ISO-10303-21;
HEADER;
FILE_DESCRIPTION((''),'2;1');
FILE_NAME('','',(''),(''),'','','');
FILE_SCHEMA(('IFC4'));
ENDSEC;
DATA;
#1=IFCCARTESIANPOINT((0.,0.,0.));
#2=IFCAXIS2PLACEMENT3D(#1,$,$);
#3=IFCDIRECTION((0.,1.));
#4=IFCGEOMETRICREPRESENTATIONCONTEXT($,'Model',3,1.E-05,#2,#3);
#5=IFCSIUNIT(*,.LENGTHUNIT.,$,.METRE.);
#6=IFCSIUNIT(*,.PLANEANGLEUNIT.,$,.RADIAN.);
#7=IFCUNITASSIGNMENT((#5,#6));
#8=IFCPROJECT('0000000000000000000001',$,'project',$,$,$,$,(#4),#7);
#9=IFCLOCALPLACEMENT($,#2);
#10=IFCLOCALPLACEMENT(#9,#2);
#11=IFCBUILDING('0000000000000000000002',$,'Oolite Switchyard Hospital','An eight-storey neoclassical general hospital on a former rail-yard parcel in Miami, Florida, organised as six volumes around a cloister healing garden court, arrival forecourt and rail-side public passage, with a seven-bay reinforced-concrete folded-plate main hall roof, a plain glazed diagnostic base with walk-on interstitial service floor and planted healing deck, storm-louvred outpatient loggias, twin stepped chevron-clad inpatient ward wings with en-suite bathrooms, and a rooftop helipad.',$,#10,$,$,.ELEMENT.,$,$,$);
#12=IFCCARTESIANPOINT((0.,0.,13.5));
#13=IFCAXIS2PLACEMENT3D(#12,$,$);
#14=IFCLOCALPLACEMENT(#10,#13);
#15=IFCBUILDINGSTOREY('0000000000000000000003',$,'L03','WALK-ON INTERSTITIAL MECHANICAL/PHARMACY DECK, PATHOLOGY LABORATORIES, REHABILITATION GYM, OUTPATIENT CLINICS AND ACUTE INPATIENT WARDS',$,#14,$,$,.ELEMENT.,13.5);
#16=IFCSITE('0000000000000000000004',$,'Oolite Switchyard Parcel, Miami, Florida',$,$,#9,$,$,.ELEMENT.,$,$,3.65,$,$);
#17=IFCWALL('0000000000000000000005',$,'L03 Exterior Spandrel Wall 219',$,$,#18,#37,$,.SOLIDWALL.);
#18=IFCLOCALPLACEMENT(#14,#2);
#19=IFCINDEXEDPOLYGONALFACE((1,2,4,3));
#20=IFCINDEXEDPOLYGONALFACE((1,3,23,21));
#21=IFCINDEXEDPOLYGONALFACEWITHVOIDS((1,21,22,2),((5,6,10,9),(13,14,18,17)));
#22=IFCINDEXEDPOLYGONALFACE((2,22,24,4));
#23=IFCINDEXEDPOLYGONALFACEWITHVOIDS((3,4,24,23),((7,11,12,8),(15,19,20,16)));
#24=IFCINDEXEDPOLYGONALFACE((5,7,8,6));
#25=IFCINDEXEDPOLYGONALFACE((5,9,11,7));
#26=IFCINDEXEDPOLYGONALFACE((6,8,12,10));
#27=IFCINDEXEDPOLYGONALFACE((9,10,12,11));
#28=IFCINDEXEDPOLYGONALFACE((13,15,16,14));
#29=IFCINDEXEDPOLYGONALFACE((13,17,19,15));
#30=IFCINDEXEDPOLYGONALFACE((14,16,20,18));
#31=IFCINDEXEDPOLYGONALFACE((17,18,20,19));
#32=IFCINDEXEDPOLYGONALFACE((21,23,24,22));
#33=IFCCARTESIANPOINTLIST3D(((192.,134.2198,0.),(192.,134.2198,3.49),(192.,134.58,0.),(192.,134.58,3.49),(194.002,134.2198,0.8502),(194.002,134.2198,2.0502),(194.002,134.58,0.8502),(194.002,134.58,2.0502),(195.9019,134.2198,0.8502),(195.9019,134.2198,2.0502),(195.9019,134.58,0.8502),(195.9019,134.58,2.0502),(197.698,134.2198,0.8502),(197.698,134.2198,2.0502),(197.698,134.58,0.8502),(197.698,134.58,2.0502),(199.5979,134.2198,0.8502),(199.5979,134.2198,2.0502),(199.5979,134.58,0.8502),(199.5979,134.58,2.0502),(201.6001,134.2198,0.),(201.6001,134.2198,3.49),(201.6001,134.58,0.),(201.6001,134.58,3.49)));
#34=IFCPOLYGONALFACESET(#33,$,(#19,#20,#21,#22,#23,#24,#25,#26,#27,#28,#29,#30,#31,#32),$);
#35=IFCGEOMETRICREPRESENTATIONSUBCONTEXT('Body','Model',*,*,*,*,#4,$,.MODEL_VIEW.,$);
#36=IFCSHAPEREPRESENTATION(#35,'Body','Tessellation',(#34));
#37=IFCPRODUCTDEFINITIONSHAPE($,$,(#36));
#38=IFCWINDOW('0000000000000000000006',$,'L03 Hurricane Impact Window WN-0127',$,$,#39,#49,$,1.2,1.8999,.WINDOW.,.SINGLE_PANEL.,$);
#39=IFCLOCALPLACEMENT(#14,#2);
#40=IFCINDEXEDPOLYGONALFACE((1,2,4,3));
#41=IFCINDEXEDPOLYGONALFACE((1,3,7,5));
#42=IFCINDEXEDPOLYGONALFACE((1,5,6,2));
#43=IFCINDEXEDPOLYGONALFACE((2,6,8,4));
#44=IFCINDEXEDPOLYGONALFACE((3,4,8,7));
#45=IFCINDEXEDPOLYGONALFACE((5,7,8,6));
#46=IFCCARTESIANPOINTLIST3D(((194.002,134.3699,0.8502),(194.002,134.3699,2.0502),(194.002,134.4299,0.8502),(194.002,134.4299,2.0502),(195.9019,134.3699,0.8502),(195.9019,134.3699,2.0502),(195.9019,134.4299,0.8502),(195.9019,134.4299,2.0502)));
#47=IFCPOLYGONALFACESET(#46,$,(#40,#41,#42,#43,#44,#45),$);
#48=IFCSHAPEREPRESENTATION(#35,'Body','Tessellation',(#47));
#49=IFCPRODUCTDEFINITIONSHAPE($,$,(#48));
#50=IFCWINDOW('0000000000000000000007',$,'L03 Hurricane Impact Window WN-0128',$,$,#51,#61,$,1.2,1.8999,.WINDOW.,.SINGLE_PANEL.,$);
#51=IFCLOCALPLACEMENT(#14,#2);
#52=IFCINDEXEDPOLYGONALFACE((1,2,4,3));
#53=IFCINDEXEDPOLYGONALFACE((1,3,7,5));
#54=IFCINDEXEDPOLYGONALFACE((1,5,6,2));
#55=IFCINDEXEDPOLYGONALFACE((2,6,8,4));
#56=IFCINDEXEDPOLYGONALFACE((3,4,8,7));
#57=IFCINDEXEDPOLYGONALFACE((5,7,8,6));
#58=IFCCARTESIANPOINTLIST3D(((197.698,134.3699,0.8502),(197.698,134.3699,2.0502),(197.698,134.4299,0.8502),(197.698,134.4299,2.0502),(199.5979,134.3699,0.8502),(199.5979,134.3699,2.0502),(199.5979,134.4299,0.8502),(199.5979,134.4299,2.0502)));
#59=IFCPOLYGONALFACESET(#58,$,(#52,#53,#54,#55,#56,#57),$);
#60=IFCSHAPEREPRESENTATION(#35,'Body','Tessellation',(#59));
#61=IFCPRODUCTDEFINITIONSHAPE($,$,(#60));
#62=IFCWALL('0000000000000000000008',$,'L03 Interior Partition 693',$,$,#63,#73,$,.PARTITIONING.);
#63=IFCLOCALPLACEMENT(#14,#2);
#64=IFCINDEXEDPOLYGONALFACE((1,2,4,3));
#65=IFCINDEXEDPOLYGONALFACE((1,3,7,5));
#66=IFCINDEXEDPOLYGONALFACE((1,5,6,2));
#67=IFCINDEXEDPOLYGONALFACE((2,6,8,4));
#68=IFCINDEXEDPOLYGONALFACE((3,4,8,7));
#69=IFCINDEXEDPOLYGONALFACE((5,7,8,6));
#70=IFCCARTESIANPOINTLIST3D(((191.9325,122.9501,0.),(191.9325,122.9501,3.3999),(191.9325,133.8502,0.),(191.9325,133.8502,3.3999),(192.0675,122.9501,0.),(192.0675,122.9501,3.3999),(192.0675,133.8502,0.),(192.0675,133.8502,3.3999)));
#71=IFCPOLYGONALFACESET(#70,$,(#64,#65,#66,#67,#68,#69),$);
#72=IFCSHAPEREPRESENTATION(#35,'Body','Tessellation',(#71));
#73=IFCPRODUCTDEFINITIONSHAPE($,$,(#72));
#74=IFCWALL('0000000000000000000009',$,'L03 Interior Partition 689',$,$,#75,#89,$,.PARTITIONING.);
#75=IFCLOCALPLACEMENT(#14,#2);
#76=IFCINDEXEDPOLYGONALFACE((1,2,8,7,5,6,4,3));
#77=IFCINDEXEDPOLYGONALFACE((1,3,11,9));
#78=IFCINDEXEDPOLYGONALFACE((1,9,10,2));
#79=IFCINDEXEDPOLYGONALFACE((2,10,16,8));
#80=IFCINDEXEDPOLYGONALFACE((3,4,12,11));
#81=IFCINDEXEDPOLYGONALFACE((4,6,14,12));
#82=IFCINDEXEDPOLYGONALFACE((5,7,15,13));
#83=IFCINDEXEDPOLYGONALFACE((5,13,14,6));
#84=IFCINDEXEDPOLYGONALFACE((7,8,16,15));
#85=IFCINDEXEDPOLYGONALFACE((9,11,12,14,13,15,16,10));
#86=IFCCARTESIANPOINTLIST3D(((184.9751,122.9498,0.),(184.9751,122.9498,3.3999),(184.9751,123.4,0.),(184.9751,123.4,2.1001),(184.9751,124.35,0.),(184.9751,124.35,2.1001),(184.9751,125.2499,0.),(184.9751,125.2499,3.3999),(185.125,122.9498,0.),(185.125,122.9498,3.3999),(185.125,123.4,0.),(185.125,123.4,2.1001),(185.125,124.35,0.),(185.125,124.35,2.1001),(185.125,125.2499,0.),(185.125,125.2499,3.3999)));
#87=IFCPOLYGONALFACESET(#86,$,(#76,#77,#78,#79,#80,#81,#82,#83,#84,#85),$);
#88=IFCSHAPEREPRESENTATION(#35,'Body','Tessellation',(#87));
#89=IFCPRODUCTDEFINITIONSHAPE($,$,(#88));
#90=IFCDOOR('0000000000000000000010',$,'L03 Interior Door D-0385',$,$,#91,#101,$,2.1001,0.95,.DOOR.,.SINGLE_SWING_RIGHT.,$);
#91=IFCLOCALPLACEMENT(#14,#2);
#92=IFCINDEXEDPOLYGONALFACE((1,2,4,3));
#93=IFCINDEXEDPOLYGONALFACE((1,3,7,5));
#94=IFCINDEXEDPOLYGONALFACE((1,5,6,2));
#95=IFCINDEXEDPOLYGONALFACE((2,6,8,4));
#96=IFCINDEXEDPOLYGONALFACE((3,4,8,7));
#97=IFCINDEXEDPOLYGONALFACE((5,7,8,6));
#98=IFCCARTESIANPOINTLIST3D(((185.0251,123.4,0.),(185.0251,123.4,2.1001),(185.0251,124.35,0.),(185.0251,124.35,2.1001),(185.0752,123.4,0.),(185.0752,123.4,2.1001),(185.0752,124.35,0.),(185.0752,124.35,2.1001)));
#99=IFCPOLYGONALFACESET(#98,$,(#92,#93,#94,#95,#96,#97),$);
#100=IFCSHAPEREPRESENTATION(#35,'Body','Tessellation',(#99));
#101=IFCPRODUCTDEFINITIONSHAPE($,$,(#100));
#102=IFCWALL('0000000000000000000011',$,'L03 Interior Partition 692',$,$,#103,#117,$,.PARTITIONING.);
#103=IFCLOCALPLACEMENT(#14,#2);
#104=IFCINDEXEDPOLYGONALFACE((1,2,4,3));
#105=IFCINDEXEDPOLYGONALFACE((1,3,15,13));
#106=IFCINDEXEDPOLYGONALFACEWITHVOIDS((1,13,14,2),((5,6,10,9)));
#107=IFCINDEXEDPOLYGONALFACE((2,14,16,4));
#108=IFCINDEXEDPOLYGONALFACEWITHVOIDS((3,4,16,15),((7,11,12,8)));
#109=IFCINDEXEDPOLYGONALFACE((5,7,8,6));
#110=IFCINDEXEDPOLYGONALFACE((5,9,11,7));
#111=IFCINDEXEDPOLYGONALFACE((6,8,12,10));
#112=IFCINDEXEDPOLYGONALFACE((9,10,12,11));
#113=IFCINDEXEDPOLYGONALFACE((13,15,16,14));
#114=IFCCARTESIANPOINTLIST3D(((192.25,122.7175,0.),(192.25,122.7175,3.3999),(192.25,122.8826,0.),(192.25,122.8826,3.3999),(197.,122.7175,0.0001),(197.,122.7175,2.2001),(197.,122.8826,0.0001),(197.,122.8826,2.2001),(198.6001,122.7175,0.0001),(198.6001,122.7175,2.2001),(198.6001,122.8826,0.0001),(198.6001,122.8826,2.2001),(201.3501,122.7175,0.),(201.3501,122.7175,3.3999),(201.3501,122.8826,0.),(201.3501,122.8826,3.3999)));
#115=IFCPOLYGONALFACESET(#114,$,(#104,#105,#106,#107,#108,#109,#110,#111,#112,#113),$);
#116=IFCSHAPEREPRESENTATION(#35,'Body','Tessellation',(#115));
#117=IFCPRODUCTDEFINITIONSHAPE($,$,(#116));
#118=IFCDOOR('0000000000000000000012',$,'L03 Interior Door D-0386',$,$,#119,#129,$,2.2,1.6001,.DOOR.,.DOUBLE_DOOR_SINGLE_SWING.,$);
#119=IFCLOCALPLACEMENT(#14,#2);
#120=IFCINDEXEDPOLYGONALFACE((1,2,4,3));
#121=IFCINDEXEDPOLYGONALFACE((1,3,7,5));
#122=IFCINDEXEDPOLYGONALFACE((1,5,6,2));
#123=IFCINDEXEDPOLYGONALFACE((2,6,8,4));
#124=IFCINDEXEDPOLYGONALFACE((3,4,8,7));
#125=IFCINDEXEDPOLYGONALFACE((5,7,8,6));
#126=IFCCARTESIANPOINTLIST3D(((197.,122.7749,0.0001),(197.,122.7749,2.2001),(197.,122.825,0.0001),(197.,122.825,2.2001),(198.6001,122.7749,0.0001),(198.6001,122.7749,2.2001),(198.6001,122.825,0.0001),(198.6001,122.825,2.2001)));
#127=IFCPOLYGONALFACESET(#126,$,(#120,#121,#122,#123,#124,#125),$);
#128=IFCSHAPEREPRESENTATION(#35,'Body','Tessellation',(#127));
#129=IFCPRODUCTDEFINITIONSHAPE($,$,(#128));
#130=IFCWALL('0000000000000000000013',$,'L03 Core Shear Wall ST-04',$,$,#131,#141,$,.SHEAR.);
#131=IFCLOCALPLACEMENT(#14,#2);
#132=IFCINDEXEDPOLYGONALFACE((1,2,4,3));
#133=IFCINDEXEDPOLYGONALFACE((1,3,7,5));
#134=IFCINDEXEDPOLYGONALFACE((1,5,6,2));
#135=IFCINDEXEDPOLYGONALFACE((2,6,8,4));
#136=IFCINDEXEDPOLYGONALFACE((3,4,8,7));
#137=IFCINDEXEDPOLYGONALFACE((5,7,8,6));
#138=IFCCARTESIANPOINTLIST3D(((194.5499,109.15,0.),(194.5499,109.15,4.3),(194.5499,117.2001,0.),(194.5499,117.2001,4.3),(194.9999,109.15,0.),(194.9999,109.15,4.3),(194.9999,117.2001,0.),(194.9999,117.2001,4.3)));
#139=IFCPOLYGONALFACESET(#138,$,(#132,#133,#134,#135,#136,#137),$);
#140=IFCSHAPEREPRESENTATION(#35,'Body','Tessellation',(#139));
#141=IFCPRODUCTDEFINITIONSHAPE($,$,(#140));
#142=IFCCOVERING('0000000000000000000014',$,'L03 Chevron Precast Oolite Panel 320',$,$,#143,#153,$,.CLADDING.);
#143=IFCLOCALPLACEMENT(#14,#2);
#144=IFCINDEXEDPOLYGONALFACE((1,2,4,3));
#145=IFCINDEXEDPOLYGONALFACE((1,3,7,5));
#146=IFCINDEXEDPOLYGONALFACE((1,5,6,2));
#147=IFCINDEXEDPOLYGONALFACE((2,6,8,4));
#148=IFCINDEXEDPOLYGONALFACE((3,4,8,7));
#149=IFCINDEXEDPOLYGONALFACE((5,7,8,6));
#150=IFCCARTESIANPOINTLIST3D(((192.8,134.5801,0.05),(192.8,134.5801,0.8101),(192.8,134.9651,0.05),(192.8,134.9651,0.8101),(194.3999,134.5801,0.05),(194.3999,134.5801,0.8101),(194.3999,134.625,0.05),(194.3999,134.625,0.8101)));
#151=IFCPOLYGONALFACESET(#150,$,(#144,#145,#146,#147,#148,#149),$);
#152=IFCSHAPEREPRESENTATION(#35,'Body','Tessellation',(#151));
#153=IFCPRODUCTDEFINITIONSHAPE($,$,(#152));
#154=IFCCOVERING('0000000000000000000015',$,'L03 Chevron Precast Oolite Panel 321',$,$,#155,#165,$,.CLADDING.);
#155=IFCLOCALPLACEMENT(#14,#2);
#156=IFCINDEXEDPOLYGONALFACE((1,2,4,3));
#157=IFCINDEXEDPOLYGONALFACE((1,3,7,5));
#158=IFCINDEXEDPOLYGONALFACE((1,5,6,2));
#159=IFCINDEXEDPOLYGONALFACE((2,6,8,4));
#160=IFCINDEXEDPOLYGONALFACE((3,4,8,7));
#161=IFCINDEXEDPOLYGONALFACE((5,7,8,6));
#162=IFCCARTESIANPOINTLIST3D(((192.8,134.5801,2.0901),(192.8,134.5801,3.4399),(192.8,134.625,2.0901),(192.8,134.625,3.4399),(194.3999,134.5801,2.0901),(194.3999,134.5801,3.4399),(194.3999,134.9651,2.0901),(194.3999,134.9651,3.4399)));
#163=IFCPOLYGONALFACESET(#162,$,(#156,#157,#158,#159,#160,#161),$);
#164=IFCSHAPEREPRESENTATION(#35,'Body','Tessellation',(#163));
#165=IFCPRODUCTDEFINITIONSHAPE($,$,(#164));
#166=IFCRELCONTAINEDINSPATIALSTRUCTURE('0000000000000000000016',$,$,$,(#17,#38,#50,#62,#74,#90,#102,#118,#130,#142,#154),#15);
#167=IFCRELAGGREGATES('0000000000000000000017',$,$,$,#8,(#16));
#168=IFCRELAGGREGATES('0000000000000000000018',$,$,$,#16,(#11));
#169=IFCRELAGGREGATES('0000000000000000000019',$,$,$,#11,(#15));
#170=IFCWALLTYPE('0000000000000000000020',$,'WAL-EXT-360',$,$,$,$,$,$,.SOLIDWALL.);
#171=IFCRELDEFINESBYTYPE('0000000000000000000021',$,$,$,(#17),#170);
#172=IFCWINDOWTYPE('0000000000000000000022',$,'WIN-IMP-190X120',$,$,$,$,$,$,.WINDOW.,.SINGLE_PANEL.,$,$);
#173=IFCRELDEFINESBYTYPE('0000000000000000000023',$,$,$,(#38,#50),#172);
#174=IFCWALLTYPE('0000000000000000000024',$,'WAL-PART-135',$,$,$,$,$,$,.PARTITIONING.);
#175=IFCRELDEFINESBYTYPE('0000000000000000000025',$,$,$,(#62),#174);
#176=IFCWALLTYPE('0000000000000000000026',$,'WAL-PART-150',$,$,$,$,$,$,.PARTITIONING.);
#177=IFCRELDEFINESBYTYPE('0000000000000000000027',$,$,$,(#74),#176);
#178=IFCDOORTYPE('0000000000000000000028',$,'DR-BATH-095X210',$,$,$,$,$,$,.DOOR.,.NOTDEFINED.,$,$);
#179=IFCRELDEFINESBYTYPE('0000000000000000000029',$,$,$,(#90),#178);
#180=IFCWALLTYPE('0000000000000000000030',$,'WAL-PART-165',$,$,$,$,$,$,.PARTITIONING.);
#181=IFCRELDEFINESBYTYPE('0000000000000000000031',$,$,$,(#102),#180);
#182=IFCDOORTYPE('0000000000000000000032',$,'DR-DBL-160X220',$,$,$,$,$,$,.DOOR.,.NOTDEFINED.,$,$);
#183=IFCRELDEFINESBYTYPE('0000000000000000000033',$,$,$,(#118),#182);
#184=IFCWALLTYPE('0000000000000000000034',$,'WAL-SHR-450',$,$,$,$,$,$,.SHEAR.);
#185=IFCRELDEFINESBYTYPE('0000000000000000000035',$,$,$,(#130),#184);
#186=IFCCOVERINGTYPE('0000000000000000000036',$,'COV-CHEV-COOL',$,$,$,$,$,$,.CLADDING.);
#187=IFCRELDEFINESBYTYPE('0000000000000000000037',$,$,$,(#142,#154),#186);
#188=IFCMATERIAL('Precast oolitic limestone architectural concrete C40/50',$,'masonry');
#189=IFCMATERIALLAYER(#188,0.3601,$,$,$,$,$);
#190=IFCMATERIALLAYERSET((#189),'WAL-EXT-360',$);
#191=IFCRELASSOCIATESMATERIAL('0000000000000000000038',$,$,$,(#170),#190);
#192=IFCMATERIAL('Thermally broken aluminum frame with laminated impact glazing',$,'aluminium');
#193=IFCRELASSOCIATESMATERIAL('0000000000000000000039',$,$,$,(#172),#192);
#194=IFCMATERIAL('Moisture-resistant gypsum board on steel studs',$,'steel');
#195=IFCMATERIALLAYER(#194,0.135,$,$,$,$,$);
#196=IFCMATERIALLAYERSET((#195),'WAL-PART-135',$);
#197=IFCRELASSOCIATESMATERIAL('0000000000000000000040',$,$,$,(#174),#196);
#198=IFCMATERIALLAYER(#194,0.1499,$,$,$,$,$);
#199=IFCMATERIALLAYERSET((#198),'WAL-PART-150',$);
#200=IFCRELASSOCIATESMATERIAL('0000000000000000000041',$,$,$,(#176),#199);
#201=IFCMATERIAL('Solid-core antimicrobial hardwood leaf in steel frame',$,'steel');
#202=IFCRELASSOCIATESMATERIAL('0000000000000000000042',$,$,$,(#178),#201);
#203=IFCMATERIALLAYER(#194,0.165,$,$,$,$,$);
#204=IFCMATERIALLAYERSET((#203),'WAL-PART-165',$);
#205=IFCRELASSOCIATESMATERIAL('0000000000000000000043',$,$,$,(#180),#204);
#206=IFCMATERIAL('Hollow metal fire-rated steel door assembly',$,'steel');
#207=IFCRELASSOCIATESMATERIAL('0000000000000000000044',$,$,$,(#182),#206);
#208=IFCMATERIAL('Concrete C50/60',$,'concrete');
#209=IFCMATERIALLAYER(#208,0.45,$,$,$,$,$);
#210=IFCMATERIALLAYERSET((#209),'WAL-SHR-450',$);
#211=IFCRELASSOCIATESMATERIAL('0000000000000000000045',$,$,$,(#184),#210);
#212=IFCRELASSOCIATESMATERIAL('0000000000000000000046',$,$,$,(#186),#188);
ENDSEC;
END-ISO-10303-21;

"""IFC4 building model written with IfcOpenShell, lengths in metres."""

from ifc_helpers import new_model, si_unit, direction, frame, frame_2d, origin, place, context, subcontext, project, spatial, polyline, rectangle, outline, extrude, material, layer, layer_set, type_object, element, fill, save


model = new_model("IFC4")

# Units and contexts
model_context = context("Model", 3, precision=1e-05, world=origin(), true_north=direction((0.0, 1.0)))
body_context = subcontext(model_context, "Body", "Model", "MODEL_VIEW")
ifc_project = project(units=[si_unit("LENGTHUNIT", "METRE"), si_unit("PLANEANGLEUNIT", "RADIAN")], contexts=[model_context])

# Site, building, storey
site_placement = place(None, origin())
site = spatial("IfcSite", under=ifc_project, at=site_placement, Name="Oolite Switchyard Parcel, Miami, Florida", CompositionType="ELEMENT", RefElevation=3.65)
building_placement = place(site_placement, origin())
building = spatial("IfcBuilding", under=site, at=building_placement, Name="Oolite Switchyard Hospital", Description="An eight-storey neoclassical general hospital on a former rail-yard parcel in Miami, Florida, organised as six volumes around a cloister healing garden court, arrival forecourt and rail-side public passage, with a seven-bay reinforced-concrete folded-plate main hall roof, a plain glazed diagnostic base with walk-on interstitial service floor and planted healing deck, storm-louvred outpatient loggias, twin stepped chevron-clad inpatient ward wings with en-suite bathrooms, and a rooftop helipad.", CompositionType="ELEMENT")
storey_placement = place(building_placement, frame((0.0, 0.0, 13.5)))
storey = spatial("IfcBuildingStorey", under=building, at=storey_placement, Name="L03", Description="WALK-ON INTERSTITIAL MECHANICAL/PHARMACY DECK, PATHOLOGY LABORATORIES, REHABILITATION GYM, OUTPATIENT CLINICS AND ACUTE INPATIENT WARDS", CompositionType="ELEMENT", Elevation=13.5)

# Shared definitions
ifc_material_1 = material(Name="Concrete C50/60", Category="concrete")

# Shared definitions
ifc_material_2 = material(Name="Precast oolitic limestone architectural concrete C40/50", Category="masonry")

# Wall, openings, windows
ifc_layer_1 = layer(ifc_material_2, 0.3601)
ifc_layer_set_1 = layer_set([ifc_layer_1], Name="WAL-EXT-360")
wall_type_1 = type_object("IfcWallType", Name="WAL-EXT-360", PredefinedType="SOLIDWALL", material=ifc_layer_set_1)
wall_1_placement = place(storey_placement, frame((192.0, 134.3999, 0.0), z_axis=(0.0, 0.0, 1.0), x_axis=(1.0, 0.0, 0.0)))
wall_1 = element("IfcWall", 1, at=wall_1_placement, inside=storey, type_object=wall_type_1, Name="L03 Exterior Spandrel Wall 219", PredefinedType="SOLIDWALL", context=body_context, shape_type="SweptSolid", body=[
    extrude(rectangle(XDim=9.6001, YDim=0.3601, at=frame_2d((4.8, 0.0))), origin(), (0.0, 0.0, 1.0), 3.49),
])
opening_1_placement = place(wall_1_placement, frame((2.002, 0.0, 0.8501)))
opening_1 = element("IfcOpeningElement", 2, at=opening_1_placement, cuts=wall_1, PredefinedType="OPENING", context=body_context, shape_type="SweptSolid", body=[
    extrude(rectangle(XDim=1.8999, YDim=1.2, at=frame_2d((0.95, 0.6001))), frame((0.0, 0.1899, 0.0), z_axis=(0.0, -1.0, 0.0), x_axis=(1.0, 0.0, 0.0)), (0.0, 0.0, 1.0), 0.3801),
])
opening_2_placement = place(wall_1_placement, frame((5.698, 0.0, 0.8501)))
opening_2 = element("IfcOpeningElement", 3, at=opening_2_placement, cuts=wall_1, PredefinedType="OPENING", context=body_context, shape_type="SweptSolid", body=[
    extrude(rectangle(XDim=1.8999, YDim=1.2, at=frame_2d((0.95, 0.6001))), frame((0.0, 0.1899, 0.0), z_axis=(0.0, -1.0, 0.0), x_axis=(1.0, 0.0, 0.0)), (0.0, 0.0, 1.0), 0.3801),
])
ifc_material_3 = material(Name="Thermally broken aluminum frame with laminated impact glazing", Category="aluminium")
window_type = type_object("IfcWindowType", Name="WIN-IMP-190X120", PartitioningType="SINGLE_PANEL", PredefinedType="WINDOW", material=ifc_material_3)
window_1_placement = place(opening_1_placement, origin())
window_1 = element("IfcWindow", 4, at=window_1_placement, inside=storey, type_object=window_type, Name="L03 Hurricane Impact Window WN-0127", OverallHeight=1.2, OverallWidth=1.8999, PartitioningType="SINGLE_PANEL", PredefinedType="WINDOW", context=body_context, shape_type="SweptSolid", body=[
    extrude(rectangle(XDim=1.8999, YDim=1.2, at=frame_2d((0.95, 0.6001))), frame((0.0, 0.03, 0.0), z_axis=(0.0, -1.0, 0.0), x_axis=(1.0, 0.0, 0.0)), (0.0, 0.0, 1.0), 0.0601),
])
fill(opening_1, window_1)
window_2_placement = place(opening_2_placement, origin())
window_2 = element("IfcWindow", 5, at=window_2_placement, inside=storey, type_object=window_type, Name="L03 Hurricane Impact Window WN-0128", OverallHeight=1.2, OverallWidth=1.8999, PartitioningType="SINGLE_PANEL", PredefinedType="WINDOW", context=body_context, shape_type="SweptSolid", body=[
    extrude(rectangle(XDim=1.8999, YDim=1.2, at=frame_2d((0.95, 0.6001))), frame((0.0, 0.03, 0.0), z_axis=(0.0, -1.0, 0.0), x_axis=(1.0, 0.0, 0.0)), (0.0, 0.0, 1.0), 0.0601),
])
fill(opening_2, window_2)

# Wall
ifc_material_4 = material(Name="Moisture-resistant gypsum board on steel studs", Category="steel")
ifc_layer_2 = layer(ifc_material_4, 0.135)
ifc_layer_set_2 = layer_set([ifc_layer_2], Name="WAL-PART-135")
wall_type_2 = type_object("IfcWallType", Name="WAL-PART-135", PredefinedType="PARTITIONING", material=ifc_layer_set_2)
wall_2_placement = place(storey_placement, frame((192.0, 122.95, 0.0), z_axis=(0.0, 0.0, 1.0), x_axis=(0.0, 1.0, 0.0)))
element("IfcWall", 6, at=wall_2_placement, inside=storey, type_object=wall_type_2, Name="L03 Interior Partition 693", PredefinedType="PARTITIONING", context=body_context, shape_type="SweptSolid", body=[
    extrude(rectangle(XDim=10.9001, YDim=0.135, at=frame_2d((5.4502, 0.0))), origin(), (0.0, 0.0, 1.0), 3.3999),
])

# Walls, openings, doors
ifc_layer_3 = layer(ifc_material_4, 0.1499)
ifc_layer_set_3 = layer_set([ifc_layer_3], Name="WAL-PART-150")
wall_type_3 = type_object("IfcWallType", Name="WAL-PART-150", PredefinedType="PARTITIONING", material=ifc_layer_set_3)
wall_3_placement = place(storey_placement, frame((185.05, 122.95, 0.0), z_axis=(0.0, 0.0, 1.0), x_axis=(0.0, 1.0, 0.0)))
wall_3 = element("IfcWall", 7, at=wall_3_placement, inside=storey, type_object=wall_type_3, Name="L03 Interior Partition 689", PredefinedType="PARTITIONING", context=body_context, shape_type="SweptSolid", body=[
    extrude(rectangle(XDim=2.3, YDim=0.1499, at=frame_2d((1.1499, 0.0))), origin(), (0.0, 0.0, 1.0), 3.3999),
])
opening_3_placement = place(wall_3_placement, frame((0.45, 0.0, 0.0)))
opening_3 = element("IfcOpeningElement", 8, at=opening_3_placement, cuts=wall_3, PredefinedType="OPENING", context=body_context, shape_type="SweptSolid", body=[
    extrude(rectangle(XDim=0.95, YDim=2.1001, at=frame_2d((0.4751, 1.05))), frame((0.0, 0.085, 0.0), z_axis=(0.0, -1.0, 0.0), x_axis=(1.0, 0.0, 0.0)), (0.0, 0.0, 1.0), 0.1699),
])
ifc_material_5 = material(Name="Solid-core antimicrobial hardwood leaf in steel frame", Category="steel")
door_type_1 = type_object("IfcDoorType", Name="DR-BATH-095X210", OperationType="NOTDEFINED", PredefinedType="DOOR", material=ifc_material_5)
door_1_placement = place(opening_3_placement, origin())
door_1 = element("IfcDoor", 9, at=door_1_placement, inside=storey, type_object=door_type_1, Name="L03 Interior Door D-0385", OperationType="SINGLE_SWING_RIGHT", OverallHeight=2.1001, OverallWidth=0.95, PredefinedType="DOOR", context=body_context, shape_type="SweptSolid", body=[
    extrude(rectangle(XDim=0.95, YDim=2.1001, at=frame_2d((0.4751, 1.05))), frame((0.0, 0.0249, 0.0), z_axis=(0.0, -1.0, 0.0), x_axis=(1.0, 0.0, 0.0)), (0.0, 0.0, 1.0), 0.05),
])
fill(opening_3, door_1)
ifc_layer_4 = layer(ifc_material_4, 0.165)
ifc_layer_set_4 = layer_set([ifc_layer_4], Name="WAL-PART-165")
wall_type_4 = type_object("IfcWallType", Name="WAL-PART-165", PredefinedType="PARTITIONING", material=ifc_layer_set_4)
wall_4_placement = place(storey_placement, frame((192.25, 122.8, 0.0), z_axis=(0.0, 0.0, 1.0), x_axis=(1.0, 0.0, 0.0)))
wall_4 = element("IfcWall", 10, at=wall_4_placement, inside=storey, type_object=wall_type_4, Name="L03 Interior Partition 692", PredefinedType="PARTITIONING", context=body_context, shape_type="SweptSolid", body=[
    extrude(rectangle(XDim=9.1001, YDim=0.165, at=frame_2d((4.55, 0.0))), origin(), (0.0, 0.0, 1.0), 3.3999),
])
opening_4_placement = place(wall_4_placement, frame((4.75, 0.0, 0.0)))
opening_4 = element("IfcOpeningElement", 11, at=opening_4_placement, cuts=wall_4, PredefinedType="OPENING", context=body_context, shape_type="SweptSolid", body=[
    extrude(rectangle(XDim=1.6001, YDim=2.2, at=frame_2d((0.8, 1.1001))), frame((0.0, 0.0925, 0.0), z_axis=(0.0, -1.0, 0.0), x_axis=(1.0, 0.0, 0.0)), (0.0, 0.0, 1.0), 0.1851),
])
ifc_material_6 = material(Name="Hollow metal fire-rated steel door assembly", Category="steel")
door_type_2 = type_object("IfcDoorType", Name="DR-DBL-160X220", OperationType="NOTDEFINED", PredefinedType="DOOR", material=ifc_material_6)
door_2_placement = place(opening_4_placement, origin())
door_2 = element("IfcDoor", 12, at=door_2_placement, inside=storey, type_object=door_type_2, Name="L03 Interior Door D-0386", OperationType="DOUBLE_DOOR_SINGLE_SWING", OverallHeight=2.2, OverallWidth=1.6001, PredefinedType="DOOR", context=body_context, shape_type="SweptSolid", body=[
    extrude(rectangle(XDim=1.6001, YDim=2.2, at=frame_2d((0.8, 1.1001))), frame((0.0, 0.0249, 0.0), z_axis=(0.0, -1.0, 0.0), x_axis=(1.0, 0.0, 0.0)), (0.0, 0.0, 1.0), 0.05),
])
fill(opening_4, door_2)

# Wall
ifc_layer_5 = layer(ifc_material_1, 0.45)
ifc_layer_set_5 = layer_set([ifc_layer_5], Name="WAL-SHR-450")
wall_type_5 = type_object("IfcWallType", Name="WAL-SHR-450", PredefinedType="SHEAR", material=ifc_layer_set_5)
wall_5_placement = place(storey_placement, frame((194.7749, 117.2, 0.0), z_axis=(0.0, 0.0, 1.0), x_axis=(0.0, -1.0, 0.0)))
element("IfcWall", 13, at=wall_5_placement, inside=storey, type_object=wall_type_5, Name="L03 Core Shear Wall ST-04", PredefinedType="SHEAR", context=body_context, shape_type="SweptSolid", body=[
    extrude(rectangle(XDim=8.05, YDim=0.45, at=frame_2d((4.0249, 0.0))), origin(), (0.0, 0.0, 1.0), 4.3),
])

# Coverings
covering_type = type_object("IfcCoveringType", Name="COV-CHEV-COOL", PredefinedType="CLADDING", material=ifc_material_2)
covering_1_placement = place(storey_placement, frame((192.8, 134.5801, 0.05), z_axis=(0.0, 0.0, 1.0), x_axis=(1.0, 0.0, 0.0)))
element("IfcCovering", 14, at=covering_1_placement, inside=storey, type_object=covering_type, Name="L03 Chevron Precast Oolite Panel 320", PredefinedType="CLADDING", context=body_context, shape_type="SweptSolid", body=[
    extrude(outline(polyline([(0.0, 0.0), (1.5999, 0.0), (1.5999, 0.0449), (0.0, 0.385), (0.0, 0.0)])), origin(), (0.0, 0.0, 1.0), 0.76),
])
covering_2_placement = place(storey_placement, frame((192.8, 134.5801, 2.0901), z_axis=(0.0, 0.0, 1.0), x_axis=(1.0, 0.0, 0.0)))
element("IfcCovering", 15, at=covering_2_placement, inside=storey, type_object=covering_type, Name="L03 Chevron Precast Oolite Panel 321", PredefinedType="CLADDING", context=body_context, shape_type="SweptSolid", body=[
    extrude(outline(polyline([(0.0, 0.0), (1.5999, 0.0), (1.5999, 0.385), (0.0, 0.0449), (0.0, 0.0)])), origin(), (0.0, 0.0, 1.0), 1.3499),
])

save(model, "model.ifc")
